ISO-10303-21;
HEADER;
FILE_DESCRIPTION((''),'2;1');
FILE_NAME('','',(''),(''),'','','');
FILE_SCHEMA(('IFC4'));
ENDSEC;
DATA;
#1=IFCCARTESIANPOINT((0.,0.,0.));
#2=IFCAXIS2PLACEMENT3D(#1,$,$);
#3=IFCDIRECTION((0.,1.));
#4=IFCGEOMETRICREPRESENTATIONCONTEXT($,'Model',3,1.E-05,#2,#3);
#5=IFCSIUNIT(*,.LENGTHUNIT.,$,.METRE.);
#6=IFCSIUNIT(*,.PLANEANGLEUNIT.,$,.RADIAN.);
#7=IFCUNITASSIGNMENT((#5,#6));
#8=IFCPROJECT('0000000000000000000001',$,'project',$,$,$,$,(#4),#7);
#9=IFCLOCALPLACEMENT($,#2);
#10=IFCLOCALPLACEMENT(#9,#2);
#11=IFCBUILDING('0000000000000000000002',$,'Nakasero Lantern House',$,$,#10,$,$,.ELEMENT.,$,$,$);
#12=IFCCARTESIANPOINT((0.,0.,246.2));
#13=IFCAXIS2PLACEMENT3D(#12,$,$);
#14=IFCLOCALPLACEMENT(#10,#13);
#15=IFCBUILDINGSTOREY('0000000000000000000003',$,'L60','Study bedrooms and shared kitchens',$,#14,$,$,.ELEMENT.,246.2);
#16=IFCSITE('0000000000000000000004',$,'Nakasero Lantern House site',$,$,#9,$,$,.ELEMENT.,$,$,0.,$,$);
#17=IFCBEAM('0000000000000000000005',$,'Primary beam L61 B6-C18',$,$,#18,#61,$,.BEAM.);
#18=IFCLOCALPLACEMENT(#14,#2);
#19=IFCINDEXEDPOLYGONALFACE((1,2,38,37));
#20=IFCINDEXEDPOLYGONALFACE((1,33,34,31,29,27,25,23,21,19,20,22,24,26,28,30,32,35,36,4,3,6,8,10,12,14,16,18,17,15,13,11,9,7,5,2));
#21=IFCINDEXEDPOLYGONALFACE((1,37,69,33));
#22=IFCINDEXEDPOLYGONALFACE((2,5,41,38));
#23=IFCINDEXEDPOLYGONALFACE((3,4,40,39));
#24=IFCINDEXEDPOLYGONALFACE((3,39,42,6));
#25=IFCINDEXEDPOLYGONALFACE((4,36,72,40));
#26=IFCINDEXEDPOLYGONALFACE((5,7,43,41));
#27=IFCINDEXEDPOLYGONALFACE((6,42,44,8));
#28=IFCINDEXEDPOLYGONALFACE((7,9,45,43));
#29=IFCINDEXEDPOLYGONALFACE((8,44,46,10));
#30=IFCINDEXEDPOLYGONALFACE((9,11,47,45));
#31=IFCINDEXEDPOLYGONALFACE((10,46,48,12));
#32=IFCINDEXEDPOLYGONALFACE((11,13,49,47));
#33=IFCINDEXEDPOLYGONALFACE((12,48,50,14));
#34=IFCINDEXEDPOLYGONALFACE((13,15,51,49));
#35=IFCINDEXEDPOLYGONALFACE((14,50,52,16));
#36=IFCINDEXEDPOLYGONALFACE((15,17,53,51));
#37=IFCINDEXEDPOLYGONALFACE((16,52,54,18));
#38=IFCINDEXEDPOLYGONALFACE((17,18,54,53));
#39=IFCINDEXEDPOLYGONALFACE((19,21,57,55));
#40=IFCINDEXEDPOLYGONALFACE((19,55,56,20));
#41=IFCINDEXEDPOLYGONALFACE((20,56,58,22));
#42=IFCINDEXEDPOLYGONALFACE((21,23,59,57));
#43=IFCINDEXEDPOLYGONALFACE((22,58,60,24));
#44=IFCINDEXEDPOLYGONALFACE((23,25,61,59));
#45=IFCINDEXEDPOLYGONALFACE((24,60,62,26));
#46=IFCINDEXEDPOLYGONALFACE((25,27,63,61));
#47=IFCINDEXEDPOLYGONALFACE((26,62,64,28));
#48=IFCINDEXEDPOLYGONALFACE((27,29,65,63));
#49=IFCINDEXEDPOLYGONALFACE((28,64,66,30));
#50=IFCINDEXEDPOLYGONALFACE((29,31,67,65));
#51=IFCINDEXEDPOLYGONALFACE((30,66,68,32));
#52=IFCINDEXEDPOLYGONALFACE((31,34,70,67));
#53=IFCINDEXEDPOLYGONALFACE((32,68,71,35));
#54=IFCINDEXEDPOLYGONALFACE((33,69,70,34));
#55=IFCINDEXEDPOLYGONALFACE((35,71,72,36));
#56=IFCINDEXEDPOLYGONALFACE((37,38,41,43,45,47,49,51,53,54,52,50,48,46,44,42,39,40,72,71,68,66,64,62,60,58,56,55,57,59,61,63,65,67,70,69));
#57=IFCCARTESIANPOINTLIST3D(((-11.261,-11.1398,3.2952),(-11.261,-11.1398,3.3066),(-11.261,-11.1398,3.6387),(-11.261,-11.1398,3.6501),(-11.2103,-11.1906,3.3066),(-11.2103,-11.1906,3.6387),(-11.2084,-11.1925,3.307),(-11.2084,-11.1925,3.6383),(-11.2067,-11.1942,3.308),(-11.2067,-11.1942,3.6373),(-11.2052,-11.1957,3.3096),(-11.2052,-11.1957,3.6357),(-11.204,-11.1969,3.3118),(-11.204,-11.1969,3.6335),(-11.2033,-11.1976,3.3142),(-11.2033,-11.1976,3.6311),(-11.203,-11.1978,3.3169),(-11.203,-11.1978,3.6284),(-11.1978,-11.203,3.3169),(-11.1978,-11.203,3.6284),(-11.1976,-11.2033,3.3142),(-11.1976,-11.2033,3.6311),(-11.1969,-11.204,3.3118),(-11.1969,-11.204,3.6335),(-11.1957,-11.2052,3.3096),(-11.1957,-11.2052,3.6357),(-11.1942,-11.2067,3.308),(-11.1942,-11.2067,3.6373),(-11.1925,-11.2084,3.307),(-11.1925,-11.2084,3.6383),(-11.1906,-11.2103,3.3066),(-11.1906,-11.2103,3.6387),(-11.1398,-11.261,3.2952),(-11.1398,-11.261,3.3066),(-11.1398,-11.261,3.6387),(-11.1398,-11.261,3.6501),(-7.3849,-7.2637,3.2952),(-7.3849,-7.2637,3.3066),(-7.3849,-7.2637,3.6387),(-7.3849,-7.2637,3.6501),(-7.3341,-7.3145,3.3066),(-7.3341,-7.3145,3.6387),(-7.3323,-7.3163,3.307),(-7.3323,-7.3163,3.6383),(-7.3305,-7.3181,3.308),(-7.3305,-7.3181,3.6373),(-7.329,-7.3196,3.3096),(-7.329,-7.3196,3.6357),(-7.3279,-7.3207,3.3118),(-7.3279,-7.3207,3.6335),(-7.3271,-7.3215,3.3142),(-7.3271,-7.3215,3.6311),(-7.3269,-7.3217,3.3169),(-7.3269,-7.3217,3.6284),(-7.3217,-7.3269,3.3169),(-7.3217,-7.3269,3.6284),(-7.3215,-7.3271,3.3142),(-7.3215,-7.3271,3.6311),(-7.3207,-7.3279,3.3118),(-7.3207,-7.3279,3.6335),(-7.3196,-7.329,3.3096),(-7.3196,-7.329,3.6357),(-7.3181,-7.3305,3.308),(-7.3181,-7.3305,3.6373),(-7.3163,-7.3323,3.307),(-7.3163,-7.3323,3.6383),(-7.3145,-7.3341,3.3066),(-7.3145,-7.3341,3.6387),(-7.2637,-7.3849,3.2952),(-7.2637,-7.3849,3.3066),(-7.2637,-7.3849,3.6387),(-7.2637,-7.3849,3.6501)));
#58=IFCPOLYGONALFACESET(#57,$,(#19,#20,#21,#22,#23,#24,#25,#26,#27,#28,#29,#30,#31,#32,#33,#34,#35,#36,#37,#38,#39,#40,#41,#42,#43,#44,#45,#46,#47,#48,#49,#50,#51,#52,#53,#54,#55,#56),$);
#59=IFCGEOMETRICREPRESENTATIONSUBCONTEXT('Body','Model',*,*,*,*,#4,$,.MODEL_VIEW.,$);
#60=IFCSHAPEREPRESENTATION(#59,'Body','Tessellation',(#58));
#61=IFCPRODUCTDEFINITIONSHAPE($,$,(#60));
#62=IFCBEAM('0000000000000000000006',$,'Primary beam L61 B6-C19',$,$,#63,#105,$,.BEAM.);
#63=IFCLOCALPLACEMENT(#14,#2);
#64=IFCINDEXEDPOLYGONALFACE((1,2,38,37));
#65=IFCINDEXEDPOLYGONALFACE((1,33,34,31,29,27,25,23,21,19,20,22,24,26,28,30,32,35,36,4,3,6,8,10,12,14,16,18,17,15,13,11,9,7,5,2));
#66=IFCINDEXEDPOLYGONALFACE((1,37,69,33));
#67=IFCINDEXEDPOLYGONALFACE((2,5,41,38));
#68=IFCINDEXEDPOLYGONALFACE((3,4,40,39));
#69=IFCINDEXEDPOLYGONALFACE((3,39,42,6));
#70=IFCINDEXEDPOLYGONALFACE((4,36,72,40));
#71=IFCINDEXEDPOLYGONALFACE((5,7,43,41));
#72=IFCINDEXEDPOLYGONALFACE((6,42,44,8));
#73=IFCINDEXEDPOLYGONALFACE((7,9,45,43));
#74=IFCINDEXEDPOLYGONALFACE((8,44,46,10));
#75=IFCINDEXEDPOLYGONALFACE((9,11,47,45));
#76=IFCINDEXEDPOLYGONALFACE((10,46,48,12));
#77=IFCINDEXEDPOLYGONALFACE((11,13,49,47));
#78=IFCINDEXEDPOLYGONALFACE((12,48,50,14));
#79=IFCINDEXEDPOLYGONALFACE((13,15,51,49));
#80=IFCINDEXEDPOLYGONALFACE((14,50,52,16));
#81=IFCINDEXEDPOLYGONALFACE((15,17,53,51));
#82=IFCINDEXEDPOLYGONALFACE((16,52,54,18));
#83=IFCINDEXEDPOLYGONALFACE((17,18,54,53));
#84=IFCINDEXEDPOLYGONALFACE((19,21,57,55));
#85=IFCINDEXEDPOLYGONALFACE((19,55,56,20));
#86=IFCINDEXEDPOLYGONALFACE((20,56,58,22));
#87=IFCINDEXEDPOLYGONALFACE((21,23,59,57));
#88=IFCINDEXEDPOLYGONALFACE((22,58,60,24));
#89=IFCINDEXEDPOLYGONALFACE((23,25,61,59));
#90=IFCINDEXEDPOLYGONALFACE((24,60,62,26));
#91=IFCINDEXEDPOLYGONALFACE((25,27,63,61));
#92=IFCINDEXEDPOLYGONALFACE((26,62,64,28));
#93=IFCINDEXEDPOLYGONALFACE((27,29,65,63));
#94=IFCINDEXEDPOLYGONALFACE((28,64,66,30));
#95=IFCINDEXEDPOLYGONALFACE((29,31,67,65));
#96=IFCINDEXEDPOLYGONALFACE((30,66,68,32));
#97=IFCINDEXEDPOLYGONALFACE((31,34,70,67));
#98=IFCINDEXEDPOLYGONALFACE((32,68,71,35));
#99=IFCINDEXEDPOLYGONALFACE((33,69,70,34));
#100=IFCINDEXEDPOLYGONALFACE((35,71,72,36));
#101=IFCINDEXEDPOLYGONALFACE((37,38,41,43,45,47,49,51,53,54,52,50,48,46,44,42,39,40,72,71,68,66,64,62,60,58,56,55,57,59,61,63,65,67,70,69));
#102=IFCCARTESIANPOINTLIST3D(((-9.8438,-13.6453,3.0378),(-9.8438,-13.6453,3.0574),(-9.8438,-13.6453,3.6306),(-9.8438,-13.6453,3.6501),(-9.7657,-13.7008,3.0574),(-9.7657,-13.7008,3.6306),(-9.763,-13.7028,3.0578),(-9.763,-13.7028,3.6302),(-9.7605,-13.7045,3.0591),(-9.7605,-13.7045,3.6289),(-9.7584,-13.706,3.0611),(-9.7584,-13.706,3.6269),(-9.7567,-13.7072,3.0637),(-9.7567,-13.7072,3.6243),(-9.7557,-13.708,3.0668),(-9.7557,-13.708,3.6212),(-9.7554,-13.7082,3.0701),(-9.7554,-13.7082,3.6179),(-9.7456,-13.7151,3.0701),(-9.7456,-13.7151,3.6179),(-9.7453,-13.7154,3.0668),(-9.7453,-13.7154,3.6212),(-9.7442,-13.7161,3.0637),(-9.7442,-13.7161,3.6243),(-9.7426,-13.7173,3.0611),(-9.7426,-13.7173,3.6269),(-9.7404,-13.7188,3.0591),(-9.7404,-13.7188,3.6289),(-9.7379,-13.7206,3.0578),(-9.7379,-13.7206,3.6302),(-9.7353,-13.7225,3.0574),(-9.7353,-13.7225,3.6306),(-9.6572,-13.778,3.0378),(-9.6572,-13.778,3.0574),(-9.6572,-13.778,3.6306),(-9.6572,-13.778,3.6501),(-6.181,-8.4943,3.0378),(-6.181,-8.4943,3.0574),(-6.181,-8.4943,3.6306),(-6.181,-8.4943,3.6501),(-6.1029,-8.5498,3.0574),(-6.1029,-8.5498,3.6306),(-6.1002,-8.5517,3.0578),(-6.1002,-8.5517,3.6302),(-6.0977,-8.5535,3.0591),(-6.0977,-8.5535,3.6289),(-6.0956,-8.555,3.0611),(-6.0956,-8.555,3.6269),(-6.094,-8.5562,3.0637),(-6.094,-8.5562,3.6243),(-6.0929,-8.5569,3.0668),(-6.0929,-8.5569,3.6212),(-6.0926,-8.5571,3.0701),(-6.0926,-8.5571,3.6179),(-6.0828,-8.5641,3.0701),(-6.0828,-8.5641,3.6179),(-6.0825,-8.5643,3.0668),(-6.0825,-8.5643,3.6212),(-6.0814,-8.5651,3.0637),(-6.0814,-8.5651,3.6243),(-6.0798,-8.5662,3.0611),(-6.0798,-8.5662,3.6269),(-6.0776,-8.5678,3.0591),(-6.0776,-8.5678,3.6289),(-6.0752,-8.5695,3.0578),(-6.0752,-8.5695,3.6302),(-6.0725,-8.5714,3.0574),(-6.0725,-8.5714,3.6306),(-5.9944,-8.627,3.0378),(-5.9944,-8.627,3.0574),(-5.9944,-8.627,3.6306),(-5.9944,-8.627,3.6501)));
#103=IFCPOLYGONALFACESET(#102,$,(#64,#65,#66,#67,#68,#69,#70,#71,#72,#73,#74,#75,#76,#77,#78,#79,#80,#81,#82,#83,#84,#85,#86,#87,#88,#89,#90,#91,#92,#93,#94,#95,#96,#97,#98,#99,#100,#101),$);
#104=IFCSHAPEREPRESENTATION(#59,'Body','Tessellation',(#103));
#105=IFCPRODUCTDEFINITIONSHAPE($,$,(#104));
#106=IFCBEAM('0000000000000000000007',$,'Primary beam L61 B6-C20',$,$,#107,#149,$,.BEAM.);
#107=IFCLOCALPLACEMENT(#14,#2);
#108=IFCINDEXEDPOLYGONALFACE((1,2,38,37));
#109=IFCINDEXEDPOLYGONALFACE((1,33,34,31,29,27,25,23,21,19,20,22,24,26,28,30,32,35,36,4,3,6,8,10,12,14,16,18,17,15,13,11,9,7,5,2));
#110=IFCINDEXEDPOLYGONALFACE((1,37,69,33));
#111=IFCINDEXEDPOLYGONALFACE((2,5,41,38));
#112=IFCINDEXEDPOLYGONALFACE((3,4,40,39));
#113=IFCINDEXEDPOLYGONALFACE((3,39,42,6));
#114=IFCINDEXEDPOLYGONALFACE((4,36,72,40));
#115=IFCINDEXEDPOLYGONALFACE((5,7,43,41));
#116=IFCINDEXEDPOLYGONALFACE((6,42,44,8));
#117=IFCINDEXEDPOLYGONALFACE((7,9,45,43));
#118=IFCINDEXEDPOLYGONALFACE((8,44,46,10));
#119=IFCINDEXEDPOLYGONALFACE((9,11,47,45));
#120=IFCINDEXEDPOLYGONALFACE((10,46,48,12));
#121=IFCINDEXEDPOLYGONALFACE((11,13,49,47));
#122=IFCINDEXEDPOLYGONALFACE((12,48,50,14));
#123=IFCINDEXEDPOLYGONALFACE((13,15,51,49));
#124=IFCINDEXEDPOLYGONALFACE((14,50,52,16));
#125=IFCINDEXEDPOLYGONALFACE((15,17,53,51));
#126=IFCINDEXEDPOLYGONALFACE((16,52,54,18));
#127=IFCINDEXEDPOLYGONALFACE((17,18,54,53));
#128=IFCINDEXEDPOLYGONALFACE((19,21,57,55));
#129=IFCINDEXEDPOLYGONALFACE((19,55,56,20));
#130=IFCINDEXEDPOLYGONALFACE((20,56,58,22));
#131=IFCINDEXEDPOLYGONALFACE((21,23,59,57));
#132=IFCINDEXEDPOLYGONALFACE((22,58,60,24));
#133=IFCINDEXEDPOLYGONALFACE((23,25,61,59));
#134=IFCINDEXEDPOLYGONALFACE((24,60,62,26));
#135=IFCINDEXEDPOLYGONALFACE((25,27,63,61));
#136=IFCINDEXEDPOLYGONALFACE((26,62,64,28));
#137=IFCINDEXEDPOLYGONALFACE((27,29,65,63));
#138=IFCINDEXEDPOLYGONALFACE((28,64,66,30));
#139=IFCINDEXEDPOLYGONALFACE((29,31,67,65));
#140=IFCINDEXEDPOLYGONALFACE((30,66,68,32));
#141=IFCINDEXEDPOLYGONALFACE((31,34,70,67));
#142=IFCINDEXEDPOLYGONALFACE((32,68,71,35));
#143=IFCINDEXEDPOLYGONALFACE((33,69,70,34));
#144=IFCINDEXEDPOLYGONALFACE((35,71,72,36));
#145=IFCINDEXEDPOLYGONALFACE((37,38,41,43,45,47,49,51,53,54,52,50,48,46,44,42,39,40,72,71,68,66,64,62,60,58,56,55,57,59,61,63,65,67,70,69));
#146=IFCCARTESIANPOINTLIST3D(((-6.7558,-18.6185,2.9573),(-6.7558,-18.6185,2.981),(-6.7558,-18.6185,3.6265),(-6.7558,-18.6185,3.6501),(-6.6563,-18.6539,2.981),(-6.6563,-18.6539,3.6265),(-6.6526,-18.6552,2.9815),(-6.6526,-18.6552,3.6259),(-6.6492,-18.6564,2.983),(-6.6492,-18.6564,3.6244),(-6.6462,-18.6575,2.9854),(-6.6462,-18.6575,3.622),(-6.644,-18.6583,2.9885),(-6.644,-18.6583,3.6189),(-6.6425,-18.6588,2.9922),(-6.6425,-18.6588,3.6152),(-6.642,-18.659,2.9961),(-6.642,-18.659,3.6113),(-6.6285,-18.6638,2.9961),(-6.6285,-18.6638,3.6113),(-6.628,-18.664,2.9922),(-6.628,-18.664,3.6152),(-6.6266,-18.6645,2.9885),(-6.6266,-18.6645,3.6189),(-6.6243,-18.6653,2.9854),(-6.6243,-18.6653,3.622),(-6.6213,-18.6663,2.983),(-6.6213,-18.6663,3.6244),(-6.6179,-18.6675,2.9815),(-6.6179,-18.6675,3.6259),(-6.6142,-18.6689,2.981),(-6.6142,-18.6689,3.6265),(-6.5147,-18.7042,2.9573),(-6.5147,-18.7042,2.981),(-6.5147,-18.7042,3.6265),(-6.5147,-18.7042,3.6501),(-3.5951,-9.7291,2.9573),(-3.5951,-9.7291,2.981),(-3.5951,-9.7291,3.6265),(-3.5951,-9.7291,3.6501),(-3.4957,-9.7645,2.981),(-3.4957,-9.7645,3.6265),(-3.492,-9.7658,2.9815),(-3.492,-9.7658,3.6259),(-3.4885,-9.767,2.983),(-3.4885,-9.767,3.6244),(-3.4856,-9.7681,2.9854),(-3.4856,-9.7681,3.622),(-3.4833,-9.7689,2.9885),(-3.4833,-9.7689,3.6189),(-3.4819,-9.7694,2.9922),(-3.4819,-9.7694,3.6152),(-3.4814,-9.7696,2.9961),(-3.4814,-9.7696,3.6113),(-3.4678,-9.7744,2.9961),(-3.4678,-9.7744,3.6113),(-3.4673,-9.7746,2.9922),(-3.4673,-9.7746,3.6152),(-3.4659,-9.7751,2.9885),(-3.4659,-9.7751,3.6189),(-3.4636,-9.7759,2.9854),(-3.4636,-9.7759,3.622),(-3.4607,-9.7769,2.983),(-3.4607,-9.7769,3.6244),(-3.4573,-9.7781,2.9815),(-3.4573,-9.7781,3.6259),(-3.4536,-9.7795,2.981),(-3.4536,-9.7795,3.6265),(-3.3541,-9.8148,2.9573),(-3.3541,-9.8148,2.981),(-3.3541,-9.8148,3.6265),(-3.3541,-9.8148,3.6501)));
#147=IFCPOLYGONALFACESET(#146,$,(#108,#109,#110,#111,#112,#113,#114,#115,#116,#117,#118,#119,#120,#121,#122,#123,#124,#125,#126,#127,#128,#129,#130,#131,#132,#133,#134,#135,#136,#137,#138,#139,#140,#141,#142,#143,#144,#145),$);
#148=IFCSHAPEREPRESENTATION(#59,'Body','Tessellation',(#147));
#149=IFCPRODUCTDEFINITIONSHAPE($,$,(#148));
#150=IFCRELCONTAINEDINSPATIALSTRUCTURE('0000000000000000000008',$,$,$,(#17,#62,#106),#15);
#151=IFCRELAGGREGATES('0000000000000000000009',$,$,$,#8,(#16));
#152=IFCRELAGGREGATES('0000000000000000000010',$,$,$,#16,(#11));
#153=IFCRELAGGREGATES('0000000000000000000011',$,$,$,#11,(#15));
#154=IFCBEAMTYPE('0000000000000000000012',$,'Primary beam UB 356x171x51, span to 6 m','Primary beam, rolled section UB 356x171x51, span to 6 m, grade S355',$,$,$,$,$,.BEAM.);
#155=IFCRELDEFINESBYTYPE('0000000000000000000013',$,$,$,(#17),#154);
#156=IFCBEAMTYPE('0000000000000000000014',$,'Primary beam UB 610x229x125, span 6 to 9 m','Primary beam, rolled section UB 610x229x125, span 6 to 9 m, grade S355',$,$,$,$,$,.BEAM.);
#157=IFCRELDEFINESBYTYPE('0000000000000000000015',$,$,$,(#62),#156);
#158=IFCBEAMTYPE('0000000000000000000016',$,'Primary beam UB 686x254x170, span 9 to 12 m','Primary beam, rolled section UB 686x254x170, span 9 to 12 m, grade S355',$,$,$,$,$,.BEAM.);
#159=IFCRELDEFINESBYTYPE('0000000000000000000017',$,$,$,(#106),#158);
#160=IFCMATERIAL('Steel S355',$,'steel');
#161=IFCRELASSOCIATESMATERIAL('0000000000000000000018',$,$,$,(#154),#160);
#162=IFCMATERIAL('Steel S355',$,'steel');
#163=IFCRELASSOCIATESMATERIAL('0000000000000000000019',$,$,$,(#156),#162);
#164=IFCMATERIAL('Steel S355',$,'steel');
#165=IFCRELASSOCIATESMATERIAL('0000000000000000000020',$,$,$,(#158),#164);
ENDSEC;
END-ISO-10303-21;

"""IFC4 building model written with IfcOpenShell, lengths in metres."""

from ifc_helpers import new_model, si_unit, direction, frame, origin, origin_2d, place, context, subcontext, project, spatial, i_section, extrude, material, material_profile, profile_set, type_object, element, save


model = new_model("IFC4")

# Units and contexts
model_context = context("Model", 3, precision=1e-05, world=origin(), true_north=direction((0.0, 1.0)))
body_context = subcontext(model_context, "Body", "Model", "MODEL_VIEW")
ifc_project = project(units=[si_unit("LENGTHUNIT", "METRE"), si_unit("PLANEANGLEUNIT", "RADIAN")], contexts=[model_context])

# Site, building, storey
site_placement = place(None, origin())
site = spatial("IfcSite", under=ifc_project, at=site_placement, Name="Nakasero Lantern House site", CompositionType="ELEMENT", RefElevation=0.0)
building_placement = place(site_placement, origin())
building = spatial("IfcBuilding", under=site, at=building_placement, Name="Nakasero Lantern House", CompositionType="ELEMENT")
storey_placement = place(building_placement, frame((0.0, 0.0, 246.2)))
storey = spatial("IfcBuildingStorey", under=building, at=storey_placement, Name="L60", Description="Study bedrooms and shared kitchens", CompositionType="ELEMENT", Elevation=246.2)

# Beams
ifc_material_1 = material(Name="Steel S355", Category="steel")
ifc_material_profile_1 = material_profile(ifc_material_1, i_section(OverallWidth=0.1714, OverallDepth=0.355, WebThickness=0.0073, FlangeThickness=0.0115, FilletRadius=0.0103, at=origin_2d()), Name="UB 356x171x51")
ifc_profile_set_1 = profile_set([ifc_material_profile_1], Name="Steel S355")
beam_type_1 = type_object("IfcBeamType", Name="Primary beam UB 356x171x51, span to 6 m", Description="Primary beam, rolled section UB 356x171x51, span to 6 m, grade S355", PredefinedType="BEAM", material=ifc_profile_set_1)
beam_1_placement = place(storey_placement, frame((-11.2004, -11.2004, 3.4727), z_axis=(0.707107, 0.707107, 0.0), x_axis=(-0.707107, 0.707107, 0.0)))
element("IfcBeam", 1, at=beam_1_placement, inside=storey, type_object=beam_type_1, Name="Primary beam L61 B6-C18", PredefinedType="BEAM", context=body_context, shape_type="SweptSolid", body=[
    extrude(i_section(OverallWidth=0.1714, OverallDepth=0.355, WebThickness=0.0073, FlangeThickness=0.0115, FilletRadius=0.0103, at=origin_2d()), origin(), (0.0, 0.0, 1.0), 5.4817),
])
ifc_material_2 = material(Name="Steel S355", Category="steel")
ifc_material_profile_2 = material_profile(ifc_material_2, i_section(OverallWidth=0.229, OverallDepth=0.6123, WebThickness=0.012, FlangeThickness=0.0195, FilletRadius=0.0127, at=origin_2d()), Name="UB 610x229x125")
ifc_profile_set_2 = profile_set([ifc_material_profile_2], Name="Steel S355")
beam_type_2 = type_object("IfcBeamType", Name="Primary beam UB 610x229x125, span 6 to 9 m", Description="Primary beam, rolled section UB 610x229x125, span 6 to 9 m, grade S355", PredefinedType="BEAM", material=ifc_profile_set_2)
beam_2_placement = place(storey_placement, frame((-9.7505, -13.7117, 3.344), z_axis=(0.579505, 0.814969, 0.0), x_axis=(-0.814969, 0.579505, 0.0)))
element("IfcBeam", 2, at=beam_2_placement, inside=storey, type_object=beam_type_2, Name="Primary beam L61 B6-C19", PredefinedType="BEAM", context=body_context, shape_type="SweptSolid", body=[
    extrude(i_section(OverallWidth=0.229, OverallDepth=0.6123, WebThickness=0.012, FlangeThickness=0.0195, FilletRadius=0.0127, at=origin_2d()), origin(), (0.0, 0.0, 1.0), 6.3206),
])
ifc_material_3 = material(Name="Steel S355", Category="steel")
ifc_material_profile_3 = material_profile(ifc_material_3, i_section(OverallWidth=0.2559, OverallDepth=0.6929, WebThickness=0.0144, FlangeThickness=0.0237, FilletRadius=0.0151, at=origin_2d()), Name="UB 686x254x170")
ifc_profile_set_3 = profile_set([ifc_material_profile_3], Name="Steel S355")
beam_type_3 = type_object("IfcBeamType", Name="Primary beam UB 686x254x170, span 9 to 12 m", Description="Primary beam, rolled section UB 686x254x170, span 9 to 12 m, grade S355", PredefinedType="BEAM", material=ifc_profile_set_3)
beam_3_placement = place(storey_placement, frame((-6.6353, -18.6614, 3.3037), z_axis=(0.335007, 0.942216, 0.0), x_axis=(-0.942216, 0.335007, 0.0)))
element("IfcBeam", 3, at=beam_3_placement, inside=storey, type_object=beam_type_3, Name="Primary beam L61 B6-C20", PredefinedType="BEAM", context=body_context, shape_type="SweptSolid", body=[
    extrude(i_section(OverallWidth=0.2559, OverallDepth=0.6929, WebThickness=0.0144, FlangeThickness=0.0237, FilletRadius=0.0151, at=origin_2d()), origin(), (0.0, 0.0, 1.0), 9.4346),
])

save(model, "model.ifc")
